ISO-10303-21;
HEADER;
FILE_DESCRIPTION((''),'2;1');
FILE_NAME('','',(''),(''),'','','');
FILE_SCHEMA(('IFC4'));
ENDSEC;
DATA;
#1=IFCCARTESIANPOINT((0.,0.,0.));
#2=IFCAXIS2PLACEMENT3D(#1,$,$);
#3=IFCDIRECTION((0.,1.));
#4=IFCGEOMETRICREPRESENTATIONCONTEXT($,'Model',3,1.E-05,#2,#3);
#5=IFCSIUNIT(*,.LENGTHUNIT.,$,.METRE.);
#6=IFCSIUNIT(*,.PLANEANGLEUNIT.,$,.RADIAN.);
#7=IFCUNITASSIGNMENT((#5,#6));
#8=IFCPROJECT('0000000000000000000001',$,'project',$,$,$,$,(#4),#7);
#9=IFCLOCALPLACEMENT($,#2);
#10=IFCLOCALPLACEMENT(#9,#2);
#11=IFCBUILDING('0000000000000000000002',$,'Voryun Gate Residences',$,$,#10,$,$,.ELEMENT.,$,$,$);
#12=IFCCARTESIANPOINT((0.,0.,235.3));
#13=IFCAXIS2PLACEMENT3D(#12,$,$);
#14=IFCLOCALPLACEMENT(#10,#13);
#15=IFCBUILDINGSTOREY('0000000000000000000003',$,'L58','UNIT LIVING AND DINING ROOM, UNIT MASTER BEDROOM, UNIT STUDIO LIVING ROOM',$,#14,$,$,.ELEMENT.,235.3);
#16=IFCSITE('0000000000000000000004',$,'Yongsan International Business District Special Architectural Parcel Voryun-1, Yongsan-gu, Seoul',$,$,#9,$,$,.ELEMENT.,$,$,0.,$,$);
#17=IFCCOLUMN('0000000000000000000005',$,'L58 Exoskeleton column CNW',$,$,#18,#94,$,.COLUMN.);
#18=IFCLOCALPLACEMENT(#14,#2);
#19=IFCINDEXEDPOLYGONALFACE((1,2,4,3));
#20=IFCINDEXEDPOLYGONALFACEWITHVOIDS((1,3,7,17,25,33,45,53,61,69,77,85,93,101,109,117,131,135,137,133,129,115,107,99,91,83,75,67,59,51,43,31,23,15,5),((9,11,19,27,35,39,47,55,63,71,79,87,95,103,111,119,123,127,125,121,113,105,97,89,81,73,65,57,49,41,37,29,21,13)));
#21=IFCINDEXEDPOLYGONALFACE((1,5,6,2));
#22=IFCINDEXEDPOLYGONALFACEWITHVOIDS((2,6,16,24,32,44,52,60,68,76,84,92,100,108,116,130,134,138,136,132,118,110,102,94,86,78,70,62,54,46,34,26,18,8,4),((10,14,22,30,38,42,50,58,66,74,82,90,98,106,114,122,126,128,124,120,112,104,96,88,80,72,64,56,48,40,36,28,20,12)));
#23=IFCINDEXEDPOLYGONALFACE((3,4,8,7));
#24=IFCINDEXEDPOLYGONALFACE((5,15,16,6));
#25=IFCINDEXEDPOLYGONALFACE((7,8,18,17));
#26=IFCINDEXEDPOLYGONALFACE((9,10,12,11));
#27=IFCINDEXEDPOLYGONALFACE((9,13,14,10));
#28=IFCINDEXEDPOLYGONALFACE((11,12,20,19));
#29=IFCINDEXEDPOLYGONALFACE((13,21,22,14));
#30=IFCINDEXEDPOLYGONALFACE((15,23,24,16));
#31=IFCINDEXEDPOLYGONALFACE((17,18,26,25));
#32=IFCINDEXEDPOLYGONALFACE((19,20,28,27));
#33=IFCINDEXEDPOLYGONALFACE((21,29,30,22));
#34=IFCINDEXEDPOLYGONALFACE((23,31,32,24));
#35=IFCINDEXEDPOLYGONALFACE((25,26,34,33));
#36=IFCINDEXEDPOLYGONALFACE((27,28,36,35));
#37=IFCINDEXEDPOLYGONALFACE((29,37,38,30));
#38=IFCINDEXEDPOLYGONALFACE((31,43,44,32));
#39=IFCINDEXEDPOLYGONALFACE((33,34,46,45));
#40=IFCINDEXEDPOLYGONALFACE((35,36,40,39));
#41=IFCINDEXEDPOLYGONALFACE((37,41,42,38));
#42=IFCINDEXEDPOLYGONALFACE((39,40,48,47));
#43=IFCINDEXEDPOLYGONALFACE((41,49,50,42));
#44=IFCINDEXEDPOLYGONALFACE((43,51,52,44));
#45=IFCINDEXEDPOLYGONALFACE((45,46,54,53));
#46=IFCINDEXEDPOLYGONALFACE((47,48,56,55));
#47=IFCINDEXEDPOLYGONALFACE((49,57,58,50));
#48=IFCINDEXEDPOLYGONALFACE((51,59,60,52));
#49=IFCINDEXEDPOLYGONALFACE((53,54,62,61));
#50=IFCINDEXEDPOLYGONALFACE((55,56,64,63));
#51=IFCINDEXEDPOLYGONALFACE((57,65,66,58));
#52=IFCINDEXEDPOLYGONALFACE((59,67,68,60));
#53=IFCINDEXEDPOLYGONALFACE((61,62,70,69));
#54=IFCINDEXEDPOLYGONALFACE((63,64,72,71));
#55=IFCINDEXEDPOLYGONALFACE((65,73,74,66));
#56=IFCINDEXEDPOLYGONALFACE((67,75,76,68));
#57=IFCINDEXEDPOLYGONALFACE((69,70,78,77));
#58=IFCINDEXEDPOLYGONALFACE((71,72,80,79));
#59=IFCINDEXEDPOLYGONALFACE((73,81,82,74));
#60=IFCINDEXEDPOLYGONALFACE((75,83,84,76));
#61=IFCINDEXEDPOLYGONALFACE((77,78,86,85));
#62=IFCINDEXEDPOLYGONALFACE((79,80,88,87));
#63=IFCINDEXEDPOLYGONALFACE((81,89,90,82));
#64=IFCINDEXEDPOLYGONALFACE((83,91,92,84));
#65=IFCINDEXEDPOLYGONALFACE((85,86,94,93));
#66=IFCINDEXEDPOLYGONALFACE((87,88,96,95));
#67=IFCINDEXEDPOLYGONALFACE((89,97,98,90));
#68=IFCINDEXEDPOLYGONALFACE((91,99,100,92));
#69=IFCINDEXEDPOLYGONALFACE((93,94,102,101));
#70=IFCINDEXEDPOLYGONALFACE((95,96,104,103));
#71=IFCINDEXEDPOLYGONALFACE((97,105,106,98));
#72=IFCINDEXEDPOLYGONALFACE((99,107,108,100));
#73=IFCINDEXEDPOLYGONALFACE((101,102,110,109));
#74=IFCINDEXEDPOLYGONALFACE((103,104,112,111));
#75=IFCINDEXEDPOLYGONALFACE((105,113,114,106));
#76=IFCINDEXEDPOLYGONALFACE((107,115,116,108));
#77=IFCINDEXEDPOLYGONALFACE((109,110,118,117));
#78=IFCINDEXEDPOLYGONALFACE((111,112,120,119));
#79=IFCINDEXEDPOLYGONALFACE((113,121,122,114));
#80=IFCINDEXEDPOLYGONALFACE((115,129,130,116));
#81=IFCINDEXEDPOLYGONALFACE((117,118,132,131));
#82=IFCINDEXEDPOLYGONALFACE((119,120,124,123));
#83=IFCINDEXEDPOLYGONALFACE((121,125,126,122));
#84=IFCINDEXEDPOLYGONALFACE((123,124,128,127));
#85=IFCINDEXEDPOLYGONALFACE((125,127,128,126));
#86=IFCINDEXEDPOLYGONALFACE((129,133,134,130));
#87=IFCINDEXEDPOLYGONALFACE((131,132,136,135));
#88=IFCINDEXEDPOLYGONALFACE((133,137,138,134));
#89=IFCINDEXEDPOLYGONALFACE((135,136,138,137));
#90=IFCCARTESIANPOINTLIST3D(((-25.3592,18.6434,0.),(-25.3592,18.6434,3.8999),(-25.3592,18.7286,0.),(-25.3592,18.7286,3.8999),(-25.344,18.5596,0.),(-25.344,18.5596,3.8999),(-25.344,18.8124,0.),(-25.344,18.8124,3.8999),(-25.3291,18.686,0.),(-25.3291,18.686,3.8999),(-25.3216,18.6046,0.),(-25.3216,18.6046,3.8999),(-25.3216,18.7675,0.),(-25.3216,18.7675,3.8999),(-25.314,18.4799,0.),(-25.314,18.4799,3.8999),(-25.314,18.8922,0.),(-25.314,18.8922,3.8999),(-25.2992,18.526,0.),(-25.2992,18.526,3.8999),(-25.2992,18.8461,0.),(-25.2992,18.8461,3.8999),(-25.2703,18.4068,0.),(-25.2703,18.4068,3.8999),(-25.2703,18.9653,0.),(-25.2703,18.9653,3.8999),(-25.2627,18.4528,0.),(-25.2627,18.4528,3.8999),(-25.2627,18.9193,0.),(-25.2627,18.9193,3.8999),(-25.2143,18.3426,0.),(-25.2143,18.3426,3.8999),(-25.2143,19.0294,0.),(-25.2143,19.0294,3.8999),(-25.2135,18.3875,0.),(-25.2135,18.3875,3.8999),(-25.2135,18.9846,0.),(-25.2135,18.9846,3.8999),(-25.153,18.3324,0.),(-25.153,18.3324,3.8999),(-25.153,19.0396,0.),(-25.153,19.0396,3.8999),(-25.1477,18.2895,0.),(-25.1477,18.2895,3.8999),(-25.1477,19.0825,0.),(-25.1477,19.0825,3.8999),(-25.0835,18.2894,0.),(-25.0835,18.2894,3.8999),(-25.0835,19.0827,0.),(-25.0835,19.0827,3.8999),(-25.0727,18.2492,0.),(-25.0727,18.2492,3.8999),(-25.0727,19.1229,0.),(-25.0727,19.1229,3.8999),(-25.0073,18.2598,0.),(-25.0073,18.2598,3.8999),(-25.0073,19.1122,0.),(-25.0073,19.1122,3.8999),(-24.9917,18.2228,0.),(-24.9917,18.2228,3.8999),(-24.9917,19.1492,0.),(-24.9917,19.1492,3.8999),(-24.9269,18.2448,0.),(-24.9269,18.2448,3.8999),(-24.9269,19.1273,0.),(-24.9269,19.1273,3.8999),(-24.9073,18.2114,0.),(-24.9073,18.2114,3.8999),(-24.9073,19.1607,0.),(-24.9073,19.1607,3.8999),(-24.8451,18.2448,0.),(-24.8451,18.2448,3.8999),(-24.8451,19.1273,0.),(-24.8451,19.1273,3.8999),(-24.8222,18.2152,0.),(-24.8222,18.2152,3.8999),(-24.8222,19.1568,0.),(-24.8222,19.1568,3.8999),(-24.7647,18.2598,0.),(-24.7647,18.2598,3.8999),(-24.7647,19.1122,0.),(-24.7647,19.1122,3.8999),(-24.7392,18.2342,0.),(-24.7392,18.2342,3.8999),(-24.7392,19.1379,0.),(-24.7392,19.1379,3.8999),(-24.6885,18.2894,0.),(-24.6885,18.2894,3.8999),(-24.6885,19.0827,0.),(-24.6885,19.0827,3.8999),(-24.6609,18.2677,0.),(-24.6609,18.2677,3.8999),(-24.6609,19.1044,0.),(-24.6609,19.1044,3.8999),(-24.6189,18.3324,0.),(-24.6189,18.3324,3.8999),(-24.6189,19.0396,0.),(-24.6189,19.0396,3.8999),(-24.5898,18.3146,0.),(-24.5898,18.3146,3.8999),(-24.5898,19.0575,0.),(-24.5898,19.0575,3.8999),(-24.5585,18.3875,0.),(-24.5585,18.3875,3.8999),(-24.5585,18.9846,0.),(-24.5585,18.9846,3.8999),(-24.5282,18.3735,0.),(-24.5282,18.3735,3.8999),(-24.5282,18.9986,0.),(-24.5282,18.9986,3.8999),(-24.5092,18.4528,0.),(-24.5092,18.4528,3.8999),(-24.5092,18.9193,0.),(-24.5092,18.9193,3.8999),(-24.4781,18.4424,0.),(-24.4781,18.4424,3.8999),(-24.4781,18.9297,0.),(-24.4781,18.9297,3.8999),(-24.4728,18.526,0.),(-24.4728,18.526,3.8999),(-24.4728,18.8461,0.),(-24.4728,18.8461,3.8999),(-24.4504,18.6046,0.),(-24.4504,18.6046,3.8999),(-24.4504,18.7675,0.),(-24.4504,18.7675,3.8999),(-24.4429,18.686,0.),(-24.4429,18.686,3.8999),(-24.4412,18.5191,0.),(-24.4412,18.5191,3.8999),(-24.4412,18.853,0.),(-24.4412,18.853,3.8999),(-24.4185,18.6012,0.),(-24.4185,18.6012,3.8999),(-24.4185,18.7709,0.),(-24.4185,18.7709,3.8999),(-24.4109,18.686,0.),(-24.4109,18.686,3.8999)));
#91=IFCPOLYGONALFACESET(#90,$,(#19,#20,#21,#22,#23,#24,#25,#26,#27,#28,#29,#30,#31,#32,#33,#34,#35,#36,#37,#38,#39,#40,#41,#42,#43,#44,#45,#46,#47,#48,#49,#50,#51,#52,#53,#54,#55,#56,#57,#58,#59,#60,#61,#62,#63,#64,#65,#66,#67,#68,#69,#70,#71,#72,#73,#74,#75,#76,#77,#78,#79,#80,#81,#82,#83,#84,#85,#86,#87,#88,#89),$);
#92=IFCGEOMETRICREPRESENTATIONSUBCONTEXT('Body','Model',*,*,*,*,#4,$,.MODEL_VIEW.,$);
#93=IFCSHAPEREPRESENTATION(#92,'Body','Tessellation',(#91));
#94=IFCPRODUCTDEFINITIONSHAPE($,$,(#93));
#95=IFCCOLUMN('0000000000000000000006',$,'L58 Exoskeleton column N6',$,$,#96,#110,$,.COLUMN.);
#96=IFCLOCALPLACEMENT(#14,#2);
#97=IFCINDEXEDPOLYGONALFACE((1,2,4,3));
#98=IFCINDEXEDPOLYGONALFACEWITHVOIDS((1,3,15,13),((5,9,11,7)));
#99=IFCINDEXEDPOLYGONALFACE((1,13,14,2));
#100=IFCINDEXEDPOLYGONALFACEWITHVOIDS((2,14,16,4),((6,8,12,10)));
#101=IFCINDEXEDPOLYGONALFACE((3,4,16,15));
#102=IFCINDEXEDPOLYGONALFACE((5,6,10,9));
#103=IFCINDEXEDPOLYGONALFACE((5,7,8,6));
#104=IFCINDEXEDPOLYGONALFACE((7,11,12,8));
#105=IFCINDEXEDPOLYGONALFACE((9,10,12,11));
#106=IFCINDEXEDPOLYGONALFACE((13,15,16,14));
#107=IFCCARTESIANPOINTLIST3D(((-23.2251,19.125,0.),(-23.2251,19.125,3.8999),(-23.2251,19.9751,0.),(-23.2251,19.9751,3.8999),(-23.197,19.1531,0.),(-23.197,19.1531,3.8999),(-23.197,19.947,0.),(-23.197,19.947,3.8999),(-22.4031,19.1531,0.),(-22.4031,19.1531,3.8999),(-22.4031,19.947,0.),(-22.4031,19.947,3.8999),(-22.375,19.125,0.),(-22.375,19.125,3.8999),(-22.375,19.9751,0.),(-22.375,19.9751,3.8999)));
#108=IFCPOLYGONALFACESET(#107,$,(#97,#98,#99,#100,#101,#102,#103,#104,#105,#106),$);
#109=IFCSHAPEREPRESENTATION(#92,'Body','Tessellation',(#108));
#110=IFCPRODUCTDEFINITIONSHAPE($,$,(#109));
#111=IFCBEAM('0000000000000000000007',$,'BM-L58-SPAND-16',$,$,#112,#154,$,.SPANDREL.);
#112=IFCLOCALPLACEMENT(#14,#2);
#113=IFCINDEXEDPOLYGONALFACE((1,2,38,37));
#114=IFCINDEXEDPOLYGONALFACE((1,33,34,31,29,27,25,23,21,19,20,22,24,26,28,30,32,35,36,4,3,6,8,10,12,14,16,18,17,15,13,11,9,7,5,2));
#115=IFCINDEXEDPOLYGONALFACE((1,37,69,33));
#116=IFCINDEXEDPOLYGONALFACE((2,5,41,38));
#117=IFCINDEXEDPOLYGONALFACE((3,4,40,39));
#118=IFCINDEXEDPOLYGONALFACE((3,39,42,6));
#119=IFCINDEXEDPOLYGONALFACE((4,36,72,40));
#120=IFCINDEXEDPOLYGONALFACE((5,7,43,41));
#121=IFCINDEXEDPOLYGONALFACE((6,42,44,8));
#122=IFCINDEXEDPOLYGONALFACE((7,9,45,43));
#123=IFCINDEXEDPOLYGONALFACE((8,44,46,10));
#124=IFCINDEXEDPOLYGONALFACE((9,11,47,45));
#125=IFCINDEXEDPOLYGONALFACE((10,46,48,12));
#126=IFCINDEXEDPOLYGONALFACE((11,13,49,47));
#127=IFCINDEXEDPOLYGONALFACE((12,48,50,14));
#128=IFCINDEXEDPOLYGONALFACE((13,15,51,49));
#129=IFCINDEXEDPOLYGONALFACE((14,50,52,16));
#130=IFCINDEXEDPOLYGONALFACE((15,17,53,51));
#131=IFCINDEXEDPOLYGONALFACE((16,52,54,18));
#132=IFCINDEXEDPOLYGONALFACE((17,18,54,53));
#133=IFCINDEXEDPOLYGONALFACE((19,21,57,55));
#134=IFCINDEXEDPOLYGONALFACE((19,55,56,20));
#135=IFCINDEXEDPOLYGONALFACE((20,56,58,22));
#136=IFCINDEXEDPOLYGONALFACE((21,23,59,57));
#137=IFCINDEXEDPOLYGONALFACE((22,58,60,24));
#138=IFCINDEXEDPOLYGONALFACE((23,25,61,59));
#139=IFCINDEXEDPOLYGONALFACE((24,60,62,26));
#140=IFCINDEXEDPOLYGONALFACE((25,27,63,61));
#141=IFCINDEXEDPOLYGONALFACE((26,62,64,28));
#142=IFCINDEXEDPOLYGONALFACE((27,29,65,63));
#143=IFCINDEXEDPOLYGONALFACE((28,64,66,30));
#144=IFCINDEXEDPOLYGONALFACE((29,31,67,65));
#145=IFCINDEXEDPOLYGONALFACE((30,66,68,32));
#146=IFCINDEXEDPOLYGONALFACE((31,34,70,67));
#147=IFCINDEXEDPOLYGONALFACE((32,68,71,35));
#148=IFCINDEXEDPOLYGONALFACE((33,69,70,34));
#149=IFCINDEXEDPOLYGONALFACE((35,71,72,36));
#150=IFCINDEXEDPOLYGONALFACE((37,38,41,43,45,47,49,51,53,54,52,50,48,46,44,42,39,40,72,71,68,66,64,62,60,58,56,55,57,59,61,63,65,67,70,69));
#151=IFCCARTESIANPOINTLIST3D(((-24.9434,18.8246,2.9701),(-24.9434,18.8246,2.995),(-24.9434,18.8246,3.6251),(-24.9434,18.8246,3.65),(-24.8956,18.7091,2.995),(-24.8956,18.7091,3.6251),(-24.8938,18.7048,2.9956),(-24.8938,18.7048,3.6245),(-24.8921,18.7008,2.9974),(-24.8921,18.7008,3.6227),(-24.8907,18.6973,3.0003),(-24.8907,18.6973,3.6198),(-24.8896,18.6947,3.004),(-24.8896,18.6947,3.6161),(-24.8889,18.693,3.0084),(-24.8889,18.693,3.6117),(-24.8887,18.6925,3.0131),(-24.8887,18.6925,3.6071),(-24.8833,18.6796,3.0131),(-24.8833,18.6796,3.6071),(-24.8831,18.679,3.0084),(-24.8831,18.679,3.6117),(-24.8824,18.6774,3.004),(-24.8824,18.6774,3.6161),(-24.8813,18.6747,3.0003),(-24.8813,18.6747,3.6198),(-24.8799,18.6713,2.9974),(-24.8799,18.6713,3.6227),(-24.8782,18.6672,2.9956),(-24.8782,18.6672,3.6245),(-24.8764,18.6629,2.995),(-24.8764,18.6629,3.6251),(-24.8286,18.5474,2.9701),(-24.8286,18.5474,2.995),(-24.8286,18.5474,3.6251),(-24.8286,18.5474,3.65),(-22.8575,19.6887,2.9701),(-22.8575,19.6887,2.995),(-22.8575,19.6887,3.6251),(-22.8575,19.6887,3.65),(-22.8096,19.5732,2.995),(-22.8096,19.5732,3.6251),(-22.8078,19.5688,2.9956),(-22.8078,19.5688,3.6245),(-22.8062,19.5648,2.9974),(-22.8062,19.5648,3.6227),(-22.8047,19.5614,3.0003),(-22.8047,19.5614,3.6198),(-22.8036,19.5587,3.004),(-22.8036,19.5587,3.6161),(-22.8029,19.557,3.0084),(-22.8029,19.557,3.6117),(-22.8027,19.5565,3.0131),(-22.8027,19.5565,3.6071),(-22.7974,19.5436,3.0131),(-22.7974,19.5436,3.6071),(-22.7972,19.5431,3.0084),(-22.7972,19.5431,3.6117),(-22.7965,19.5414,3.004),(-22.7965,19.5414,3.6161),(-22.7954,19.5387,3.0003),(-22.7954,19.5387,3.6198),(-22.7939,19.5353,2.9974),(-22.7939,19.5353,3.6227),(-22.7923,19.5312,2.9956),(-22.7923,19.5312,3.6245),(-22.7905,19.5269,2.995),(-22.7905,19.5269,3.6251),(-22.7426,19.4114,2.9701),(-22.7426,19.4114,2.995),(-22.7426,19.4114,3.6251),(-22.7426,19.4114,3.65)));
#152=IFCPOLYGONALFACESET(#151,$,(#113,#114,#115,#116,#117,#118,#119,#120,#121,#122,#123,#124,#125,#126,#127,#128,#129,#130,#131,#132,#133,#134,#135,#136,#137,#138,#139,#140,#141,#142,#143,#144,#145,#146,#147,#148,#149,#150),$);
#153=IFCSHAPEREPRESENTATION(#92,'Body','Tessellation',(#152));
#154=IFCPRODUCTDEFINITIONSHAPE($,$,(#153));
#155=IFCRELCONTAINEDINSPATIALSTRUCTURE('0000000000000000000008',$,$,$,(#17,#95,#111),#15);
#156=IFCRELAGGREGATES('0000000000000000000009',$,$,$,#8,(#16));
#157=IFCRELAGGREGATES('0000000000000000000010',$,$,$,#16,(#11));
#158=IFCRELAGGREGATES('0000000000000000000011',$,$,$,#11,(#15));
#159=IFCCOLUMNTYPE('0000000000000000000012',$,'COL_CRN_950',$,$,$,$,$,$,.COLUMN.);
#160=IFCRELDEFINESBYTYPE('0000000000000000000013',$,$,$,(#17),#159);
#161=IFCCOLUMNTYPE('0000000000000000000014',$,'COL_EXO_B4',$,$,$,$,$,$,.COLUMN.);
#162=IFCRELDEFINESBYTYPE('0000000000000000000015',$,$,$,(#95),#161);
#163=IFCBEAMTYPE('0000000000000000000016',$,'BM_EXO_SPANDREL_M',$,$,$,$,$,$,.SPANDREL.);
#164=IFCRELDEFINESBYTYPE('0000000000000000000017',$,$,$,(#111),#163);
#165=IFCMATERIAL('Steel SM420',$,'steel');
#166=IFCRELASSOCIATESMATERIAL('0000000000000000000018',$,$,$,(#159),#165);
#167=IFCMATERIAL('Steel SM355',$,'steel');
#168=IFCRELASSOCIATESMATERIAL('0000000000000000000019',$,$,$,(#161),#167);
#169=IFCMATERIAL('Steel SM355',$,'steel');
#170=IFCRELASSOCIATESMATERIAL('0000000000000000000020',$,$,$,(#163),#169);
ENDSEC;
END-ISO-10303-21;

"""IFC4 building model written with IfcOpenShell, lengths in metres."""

from ifc_helpers import new_model, si_unit, direction, frame, origin, origin_2d, place, context, subcontext, project, spatial, hollow_rectangle, hollow_circle, i_section, extrude, material, material_profile, profile_set, type_object, element, save


model = new_model("IFC4")

# Units and contexts
model_context = context("Model", 3, precision=1e-05, world=origin(), true_north=direction((0.0, 1.0)))
body_context = subcontext(model_context, "Body", "Model", "MODEL_VIEW")
ifc_project = project(units=[si_unit("LENGTHUNIT", "METRE"), si_unit("PLANEANGLEUNIT", "RADIAN")], contexts=[model_context])

# Site, building, storey
site_placement = place(None, origin())
site = spatial("IfcSite", under=ifc_project, at=site_placement, Name="Yongsan International Business District Special Architectural Parcel Voryun-1, Yongsan-gu, Seoul", CompositionType="ELEMENT", RefElevation=0.0)
building_placement = place(site_placement, origin())
building = spatial("IfcBuilding", under=site, at=building_placement, Name="Voryun Gate Residences", CompositionType="ELEMENT")
storey_placement = place(building_placement, frame((0.0, 0.0, 235.3)))
storey = spatial("IfcBuildingStorey", under=building, at=storey_placement, Name="L58", Description="UNIT LIVING AND DINING ROOM, UNIT MASTER BEDROOM, UNIT STUDIO LIVING ROOM", CompositionType="ELEMENT", Elevation=235.3)

# Columns
ifc_material_1 = material(Name="Steel SM420", Category="steel")
ifc_material_profile_1 = material_profile(ifc_material_1, hollow_circle(Radius=0.4751, WallThickness=0.032, at=origin_2d()), Name="CHS-950x32")
ifc_profile_set_1 = profile_set([ifc_material_profile_1], Name="Steel SM420")
column_type_1 = type_object("IfcColumnType", Name="COL_CRN_950", PredefinedType="COLUMN", material=ifc_profile_set_1)
column_1_placement = place(storey_placement, frame((-24.886, 18.686, 0.0), z_axis=(0.0, 0.0, 1.0), x_axis=(1.0, 0.0, 0.0)))
element("IfcColumn", 1, at=column_1_placement, inside=storey, type_object=column_type_1, Name="L58 Exoskeleton column CNW", PredefinedType="COLUMN", context=body_context, shape_type="SweptSolid", body=[
    extrude(hollow_circle(Radius=0.4751, WallThickness=0.032, at=origin_2d()), origin(), (0.0, 0.0, 1.0), 3.8999),
])
ifc_material_2 = material(Name="Steel SM355", Category="steel")
ifc_material_profile_2 = material_profile(ifc_material_2, hollow_rectangle(XDim=0.8501, YDim=0.8501, WallThickness=0.0281, at=origin_2d()), Name="BOX-850x850x28")
ifc_profile_set_2 = profile_set([ifc_material_profile_2], Name="Steel SM355")
column_type_2 = type_object("IfcColumnType", Name="COL_EXO_B4", PredefinedType="COLUMN", material=ifc_profile_set_2)
column_2_placement = place(storey_placement, frame((-22.8, 19.55, 0.0), z_axis=(0.0, 0.0, 1.0), x_axis=(1.0, 0.0, 0.0)))
element("IfcColumn", 2, at=column_2_placement, inside=storey, type_object=column_type_2, Name="L58 Exoskeleton column N6", PredefinedType="COLUMN", context=body_context, shape_type="SweptSolid", body=[
    extrude(hollow_rectangle(XDim=0.8501, YDim=0.8501, WallThickness=0.0281, at=origin_2d()), origin(), (0.0, 0.0, 1.0), 3.8999),
])

# Beam
ifc_material_3 = material(Name="Steel SM355", Category="steel")
ifc_material_profile_3 = material_profile(ifc_material_3, i_section(OverallWidth=0.3, OverallDepth=0.6799, WebThickness=0.0139, FlangeThickness=0.0249, FilletRadius=0.0181, at=origin_2d()), Name="H-680x300x14x25")
ifc_profile_set_3 = profile_set([ifc_material_profile_3], Name="Steel SM355")
beam_type = type_object("IfcBeamType", Name="BM_EXO_SPANDREL_M", PredefinedType="SPANDREL", material=ifc_profile_set_3)
beam_1_placement = place(storey_placement, frame((-22.8, 19.55, 3.3101), z_axis=(-0.923881, -0.38268, 0.0), x_axis=(0.38268, -0.923881, 0.0)))
element("IfcBeam", 3, at=beam_1_placement, inside=storey, type_object=beam_type, Name="BM-L58-SPAND-16", PredefinedType="SPANDREL", context=body_context, shape_type="SweptSolid", body=[
    extrude(i_section(OverallWidth=0.3, OverallDepth=0.6799, WebThickness=0.0139, FlangeThickness=0.0249, FilletRadius=0.0181, at=origin_2d()), origin(), (0.0, 0.0, 1.0), 2.2578),
])

save(model, "model.ifc")
